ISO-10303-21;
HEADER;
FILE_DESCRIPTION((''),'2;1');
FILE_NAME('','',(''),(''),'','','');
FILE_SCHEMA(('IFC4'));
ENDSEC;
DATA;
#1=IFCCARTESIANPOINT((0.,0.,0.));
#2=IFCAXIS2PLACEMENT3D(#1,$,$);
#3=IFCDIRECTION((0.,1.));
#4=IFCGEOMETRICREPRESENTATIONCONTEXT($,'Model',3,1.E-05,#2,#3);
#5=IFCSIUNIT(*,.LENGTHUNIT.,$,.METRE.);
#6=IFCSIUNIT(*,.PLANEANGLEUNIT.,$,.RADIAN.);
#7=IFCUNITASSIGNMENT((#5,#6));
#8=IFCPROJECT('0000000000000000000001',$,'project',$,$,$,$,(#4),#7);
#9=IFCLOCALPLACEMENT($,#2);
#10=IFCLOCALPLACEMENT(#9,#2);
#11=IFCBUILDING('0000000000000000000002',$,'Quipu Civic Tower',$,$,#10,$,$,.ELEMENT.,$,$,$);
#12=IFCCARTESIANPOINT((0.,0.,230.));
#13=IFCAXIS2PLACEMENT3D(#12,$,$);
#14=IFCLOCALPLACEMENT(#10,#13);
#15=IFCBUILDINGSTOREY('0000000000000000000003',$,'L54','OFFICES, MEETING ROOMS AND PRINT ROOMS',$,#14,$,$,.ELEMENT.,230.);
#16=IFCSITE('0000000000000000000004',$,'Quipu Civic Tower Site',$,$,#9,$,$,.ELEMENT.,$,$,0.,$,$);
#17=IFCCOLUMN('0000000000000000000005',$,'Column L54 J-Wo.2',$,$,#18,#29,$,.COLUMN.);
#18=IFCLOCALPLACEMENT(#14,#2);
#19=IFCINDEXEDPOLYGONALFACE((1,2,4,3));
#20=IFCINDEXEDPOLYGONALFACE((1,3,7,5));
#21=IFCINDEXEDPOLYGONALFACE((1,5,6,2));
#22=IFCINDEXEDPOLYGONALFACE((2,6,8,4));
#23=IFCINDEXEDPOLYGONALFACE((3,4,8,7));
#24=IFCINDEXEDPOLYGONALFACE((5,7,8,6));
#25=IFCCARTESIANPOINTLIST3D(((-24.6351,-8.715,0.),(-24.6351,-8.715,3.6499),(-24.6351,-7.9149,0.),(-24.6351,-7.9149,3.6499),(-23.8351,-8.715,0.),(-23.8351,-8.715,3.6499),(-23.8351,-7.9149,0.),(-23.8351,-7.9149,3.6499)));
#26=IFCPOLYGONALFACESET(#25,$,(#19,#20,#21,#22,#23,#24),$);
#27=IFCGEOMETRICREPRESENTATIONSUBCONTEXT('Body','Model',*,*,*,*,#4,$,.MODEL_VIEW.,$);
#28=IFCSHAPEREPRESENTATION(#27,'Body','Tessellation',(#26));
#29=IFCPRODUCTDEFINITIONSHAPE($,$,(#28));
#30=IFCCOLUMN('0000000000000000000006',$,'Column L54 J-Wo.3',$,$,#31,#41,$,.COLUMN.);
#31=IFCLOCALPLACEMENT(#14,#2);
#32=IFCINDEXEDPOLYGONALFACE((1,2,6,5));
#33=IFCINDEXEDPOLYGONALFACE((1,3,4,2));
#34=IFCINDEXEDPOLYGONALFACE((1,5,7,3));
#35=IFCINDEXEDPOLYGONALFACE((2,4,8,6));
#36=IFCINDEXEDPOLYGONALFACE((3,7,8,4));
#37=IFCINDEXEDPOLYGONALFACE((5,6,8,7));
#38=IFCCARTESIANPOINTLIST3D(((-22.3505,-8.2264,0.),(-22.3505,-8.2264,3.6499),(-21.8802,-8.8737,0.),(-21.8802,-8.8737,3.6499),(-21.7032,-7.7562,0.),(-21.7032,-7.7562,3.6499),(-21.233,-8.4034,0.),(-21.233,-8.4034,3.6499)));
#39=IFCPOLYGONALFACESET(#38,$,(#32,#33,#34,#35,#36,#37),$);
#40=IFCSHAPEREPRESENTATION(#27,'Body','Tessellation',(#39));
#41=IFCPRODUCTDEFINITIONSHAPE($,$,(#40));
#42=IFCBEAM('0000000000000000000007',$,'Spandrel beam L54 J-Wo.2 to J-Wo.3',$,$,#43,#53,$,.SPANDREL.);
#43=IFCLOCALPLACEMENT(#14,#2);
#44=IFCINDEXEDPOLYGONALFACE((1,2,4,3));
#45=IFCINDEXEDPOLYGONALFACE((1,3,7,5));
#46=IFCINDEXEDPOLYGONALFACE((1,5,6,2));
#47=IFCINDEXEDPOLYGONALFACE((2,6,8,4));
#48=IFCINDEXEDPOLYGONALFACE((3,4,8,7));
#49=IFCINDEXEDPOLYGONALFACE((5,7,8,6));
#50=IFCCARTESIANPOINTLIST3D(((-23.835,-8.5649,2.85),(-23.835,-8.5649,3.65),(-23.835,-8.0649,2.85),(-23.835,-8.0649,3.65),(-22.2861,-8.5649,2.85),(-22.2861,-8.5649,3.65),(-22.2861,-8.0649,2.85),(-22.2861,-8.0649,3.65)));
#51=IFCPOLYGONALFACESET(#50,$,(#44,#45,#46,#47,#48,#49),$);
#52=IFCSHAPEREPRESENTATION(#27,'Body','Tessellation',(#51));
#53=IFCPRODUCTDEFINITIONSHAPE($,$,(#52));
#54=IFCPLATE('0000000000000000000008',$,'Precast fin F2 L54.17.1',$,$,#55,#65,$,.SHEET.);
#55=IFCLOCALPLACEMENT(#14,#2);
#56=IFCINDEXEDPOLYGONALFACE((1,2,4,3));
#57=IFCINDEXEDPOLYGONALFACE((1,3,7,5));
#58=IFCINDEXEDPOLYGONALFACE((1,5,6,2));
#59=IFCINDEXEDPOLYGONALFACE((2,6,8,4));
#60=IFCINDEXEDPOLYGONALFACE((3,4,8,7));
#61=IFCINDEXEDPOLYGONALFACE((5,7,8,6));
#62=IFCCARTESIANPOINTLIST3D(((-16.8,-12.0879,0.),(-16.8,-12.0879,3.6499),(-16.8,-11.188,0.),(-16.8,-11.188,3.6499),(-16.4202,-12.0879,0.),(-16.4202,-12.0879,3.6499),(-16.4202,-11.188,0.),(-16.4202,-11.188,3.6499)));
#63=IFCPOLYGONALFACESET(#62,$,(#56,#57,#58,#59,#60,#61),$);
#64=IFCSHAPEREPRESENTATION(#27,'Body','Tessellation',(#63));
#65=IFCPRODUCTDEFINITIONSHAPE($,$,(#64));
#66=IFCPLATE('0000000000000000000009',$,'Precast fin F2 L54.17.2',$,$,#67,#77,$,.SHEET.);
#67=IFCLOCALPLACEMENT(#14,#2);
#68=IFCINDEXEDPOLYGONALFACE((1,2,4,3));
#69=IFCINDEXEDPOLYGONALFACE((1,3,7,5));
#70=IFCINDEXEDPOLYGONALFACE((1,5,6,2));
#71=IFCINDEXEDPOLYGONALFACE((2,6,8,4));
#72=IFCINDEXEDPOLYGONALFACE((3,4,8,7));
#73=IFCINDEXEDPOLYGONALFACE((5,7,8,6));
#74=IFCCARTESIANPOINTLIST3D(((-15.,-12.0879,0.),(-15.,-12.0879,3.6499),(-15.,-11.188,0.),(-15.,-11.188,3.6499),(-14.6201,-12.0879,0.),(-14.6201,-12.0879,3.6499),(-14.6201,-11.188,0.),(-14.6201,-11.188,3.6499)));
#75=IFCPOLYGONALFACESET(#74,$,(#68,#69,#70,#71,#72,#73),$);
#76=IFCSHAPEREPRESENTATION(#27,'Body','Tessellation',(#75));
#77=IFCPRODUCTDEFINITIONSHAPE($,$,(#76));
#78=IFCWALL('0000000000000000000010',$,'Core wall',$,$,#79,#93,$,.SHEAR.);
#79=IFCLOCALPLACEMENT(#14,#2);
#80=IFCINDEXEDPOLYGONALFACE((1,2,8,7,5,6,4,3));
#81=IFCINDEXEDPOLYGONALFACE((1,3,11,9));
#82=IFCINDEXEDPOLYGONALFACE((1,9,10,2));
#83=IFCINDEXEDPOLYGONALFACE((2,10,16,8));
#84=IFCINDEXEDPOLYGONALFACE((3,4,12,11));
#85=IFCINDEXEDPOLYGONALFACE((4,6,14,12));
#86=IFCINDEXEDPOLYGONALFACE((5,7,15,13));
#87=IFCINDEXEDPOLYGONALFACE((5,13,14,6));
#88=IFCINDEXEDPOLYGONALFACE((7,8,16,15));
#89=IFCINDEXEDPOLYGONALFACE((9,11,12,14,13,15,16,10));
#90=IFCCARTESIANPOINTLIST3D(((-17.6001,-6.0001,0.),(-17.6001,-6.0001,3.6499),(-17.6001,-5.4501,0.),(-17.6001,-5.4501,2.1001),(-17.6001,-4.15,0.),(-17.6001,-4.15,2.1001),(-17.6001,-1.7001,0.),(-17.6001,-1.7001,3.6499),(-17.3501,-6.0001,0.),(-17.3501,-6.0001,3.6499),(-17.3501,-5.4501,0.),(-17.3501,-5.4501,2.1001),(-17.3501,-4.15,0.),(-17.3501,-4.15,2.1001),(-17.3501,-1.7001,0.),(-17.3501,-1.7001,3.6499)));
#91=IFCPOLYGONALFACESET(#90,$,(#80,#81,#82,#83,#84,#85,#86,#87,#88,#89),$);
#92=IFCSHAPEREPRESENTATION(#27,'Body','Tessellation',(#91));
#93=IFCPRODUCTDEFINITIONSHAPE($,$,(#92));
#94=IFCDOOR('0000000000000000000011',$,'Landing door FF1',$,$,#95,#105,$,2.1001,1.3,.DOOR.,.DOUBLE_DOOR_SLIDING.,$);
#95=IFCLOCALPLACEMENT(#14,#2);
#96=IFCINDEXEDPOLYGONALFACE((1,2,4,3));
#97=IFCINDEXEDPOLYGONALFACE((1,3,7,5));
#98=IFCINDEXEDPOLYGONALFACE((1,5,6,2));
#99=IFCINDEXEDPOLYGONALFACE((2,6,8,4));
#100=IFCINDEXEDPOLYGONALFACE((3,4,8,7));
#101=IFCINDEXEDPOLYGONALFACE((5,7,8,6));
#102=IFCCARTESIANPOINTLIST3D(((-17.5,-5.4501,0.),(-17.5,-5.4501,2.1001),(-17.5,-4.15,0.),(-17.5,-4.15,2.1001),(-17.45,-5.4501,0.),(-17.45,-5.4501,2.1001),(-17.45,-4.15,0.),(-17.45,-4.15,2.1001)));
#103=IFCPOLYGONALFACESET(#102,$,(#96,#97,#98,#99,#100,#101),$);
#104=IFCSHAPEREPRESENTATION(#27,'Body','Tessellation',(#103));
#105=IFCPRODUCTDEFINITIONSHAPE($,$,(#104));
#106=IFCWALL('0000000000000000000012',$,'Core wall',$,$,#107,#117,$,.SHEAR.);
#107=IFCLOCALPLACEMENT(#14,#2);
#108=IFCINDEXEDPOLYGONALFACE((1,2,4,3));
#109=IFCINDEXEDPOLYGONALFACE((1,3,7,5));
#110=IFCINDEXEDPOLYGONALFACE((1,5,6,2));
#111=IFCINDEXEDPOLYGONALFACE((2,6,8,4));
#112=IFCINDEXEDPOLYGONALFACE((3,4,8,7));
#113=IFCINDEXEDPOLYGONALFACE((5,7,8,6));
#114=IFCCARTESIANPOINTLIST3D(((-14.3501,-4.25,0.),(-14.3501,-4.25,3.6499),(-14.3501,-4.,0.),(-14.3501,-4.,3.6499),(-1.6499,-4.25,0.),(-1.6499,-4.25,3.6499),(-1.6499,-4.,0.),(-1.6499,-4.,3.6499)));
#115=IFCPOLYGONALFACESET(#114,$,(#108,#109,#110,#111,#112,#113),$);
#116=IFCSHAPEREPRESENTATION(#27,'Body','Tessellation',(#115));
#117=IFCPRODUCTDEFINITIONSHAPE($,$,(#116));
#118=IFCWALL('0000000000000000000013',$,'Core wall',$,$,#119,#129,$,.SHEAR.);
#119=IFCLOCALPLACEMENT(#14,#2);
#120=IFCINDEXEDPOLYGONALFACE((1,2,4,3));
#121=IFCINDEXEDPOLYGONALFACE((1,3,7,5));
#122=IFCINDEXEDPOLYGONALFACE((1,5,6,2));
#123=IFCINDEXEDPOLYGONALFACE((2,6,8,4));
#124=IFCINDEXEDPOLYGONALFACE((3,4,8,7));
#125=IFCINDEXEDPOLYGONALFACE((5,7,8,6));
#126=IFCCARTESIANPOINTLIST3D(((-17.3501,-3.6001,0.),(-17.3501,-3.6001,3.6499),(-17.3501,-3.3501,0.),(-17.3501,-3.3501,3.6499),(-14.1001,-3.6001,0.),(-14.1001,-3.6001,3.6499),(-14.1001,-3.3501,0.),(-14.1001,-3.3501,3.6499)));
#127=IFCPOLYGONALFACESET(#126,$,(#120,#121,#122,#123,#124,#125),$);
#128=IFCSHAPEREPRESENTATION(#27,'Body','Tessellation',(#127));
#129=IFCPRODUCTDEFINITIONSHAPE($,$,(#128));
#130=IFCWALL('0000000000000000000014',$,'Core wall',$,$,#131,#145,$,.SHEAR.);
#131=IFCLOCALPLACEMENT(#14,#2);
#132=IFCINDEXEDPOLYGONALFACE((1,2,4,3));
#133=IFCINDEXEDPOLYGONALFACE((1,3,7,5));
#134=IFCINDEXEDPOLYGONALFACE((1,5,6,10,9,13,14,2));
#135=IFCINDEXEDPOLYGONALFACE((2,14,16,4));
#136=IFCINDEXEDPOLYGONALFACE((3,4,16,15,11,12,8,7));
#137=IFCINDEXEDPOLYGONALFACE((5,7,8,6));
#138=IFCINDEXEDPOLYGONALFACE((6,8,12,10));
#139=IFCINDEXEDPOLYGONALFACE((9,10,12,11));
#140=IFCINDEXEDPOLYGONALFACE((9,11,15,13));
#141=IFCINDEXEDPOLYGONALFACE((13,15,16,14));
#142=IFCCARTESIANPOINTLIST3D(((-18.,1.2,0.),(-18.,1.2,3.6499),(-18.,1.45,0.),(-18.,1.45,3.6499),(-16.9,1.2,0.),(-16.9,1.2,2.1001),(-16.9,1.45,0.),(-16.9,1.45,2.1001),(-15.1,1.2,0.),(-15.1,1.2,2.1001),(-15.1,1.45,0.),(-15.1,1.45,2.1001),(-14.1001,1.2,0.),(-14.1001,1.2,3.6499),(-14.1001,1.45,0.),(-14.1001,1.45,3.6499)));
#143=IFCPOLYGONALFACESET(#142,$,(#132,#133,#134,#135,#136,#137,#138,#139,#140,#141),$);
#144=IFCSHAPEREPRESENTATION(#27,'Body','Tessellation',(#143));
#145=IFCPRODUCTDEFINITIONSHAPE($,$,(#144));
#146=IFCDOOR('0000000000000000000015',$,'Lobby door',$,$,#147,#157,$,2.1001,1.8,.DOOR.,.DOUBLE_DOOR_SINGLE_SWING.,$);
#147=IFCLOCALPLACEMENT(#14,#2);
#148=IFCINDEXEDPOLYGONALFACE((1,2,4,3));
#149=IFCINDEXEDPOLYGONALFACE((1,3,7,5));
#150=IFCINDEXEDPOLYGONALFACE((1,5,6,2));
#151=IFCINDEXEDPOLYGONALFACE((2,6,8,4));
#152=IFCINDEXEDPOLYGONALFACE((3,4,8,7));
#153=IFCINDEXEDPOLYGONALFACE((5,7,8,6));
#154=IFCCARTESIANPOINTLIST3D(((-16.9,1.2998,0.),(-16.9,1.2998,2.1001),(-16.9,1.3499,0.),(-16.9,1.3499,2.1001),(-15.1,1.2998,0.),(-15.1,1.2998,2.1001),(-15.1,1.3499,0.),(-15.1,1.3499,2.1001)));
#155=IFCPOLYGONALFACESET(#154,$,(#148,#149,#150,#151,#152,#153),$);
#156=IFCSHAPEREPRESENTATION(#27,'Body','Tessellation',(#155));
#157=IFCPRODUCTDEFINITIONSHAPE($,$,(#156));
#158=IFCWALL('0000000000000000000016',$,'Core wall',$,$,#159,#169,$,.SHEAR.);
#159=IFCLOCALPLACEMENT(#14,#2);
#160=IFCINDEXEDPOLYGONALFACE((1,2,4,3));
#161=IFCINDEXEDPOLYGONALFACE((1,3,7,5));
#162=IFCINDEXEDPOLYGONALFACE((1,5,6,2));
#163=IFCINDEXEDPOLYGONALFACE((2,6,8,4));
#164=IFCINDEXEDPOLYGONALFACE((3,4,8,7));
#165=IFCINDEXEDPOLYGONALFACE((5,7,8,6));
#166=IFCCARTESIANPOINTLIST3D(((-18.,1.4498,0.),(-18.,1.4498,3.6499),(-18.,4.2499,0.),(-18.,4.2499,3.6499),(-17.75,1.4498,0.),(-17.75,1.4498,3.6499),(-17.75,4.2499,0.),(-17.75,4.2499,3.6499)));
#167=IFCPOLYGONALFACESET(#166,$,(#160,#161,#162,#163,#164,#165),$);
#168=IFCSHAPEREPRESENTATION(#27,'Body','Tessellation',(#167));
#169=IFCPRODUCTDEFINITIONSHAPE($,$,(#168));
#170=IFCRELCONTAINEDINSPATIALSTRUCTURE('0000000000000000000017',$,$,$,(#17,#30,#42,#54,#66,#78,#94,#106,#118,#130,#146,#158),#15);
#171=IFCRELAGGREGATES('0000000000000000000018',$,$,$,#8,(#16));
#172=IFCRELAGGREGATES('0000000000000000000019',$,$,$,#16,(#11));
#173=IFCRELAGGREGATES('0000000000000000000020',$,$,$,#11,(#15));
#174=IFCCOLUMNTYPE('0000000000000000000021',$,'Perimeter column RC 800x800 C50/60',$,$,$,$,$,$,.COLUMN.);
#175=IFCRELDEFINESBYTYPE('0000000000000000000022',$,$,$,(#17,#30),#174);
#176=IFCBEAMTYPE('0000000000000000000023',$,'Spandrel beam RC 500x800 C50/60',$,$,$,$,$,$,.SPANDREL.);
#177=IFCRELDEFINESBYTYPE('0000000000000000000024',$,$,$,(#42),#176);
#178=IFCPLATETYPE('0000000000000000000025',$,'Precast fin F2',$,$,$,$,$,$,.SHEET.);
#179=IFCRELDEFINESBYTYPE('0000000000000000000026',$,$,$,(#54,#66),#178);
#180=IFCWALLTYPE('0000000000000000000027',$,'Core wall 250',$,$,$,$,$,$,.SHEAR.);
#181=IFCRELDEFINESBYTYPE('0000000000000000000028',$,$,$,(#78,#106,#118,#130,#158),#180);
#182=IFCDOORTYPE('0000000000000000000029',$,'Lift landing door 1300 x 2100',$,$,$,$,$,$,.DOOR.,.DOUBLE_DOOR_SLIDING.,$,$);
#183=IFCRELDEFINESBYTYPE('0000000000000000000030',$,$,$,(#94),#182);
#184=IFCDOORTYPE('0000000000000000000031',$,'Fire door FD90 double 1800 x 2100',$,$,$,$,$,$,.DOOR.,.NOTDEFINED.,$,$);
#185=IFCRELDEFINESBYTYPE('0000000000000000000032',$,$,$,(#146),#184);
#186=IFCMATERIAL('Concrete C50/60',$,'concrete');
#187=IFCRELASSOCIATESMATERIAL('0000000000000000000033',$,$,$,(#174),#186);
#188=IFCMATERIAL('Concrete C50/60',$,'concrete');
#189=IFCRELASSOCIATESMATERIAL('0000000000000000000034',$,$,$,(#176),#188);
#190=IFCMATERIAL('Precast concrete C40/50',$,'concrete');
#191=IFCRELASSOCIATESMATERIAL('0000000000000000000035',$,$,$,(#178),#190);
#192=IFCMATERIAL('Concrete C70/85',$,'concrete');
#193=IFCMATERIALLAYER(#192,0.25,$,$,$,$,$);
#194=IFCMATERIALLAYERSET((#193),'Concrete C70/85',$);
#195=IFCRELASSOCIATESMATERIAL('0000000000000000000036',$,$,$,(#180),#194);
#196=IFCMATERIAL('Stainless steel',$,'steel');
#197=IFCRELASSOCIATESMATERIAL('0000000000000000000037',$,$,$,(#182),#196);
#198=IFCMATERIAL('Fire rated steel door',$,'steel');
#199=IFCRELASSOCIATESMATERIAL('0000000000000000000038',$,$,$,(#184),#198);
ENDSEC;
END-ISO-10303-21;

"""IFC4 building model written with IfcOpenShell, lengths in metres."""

from ifc_helpers import new_model, si_unit, direction, frame, frame_2d, origin, origin_2d, place, context, subcontext, project, spatial, rectangle, extrude, material, layer, layer_set, material_profile, profile_set, type_object, element, fill, save


model = new_model("IFC4")

# Units and contexts
model_context = context("Model", 3, precision=1e-05, world=origin(), true_north=direction((0.0, 1.0)))
body_context = subcontext(model_context, "Body", "Model", "MODEL_VIEW")
ifc_project = project(units=[si_unit("LENGTHUNIT", "METRE"), si_unit("PLANEANGLEUNIT", "RADIAN")], contexts=[model_context])

# Site, building, storey
site_placement = place(None, origin())
site = spatial("IfcSite", under=ifc_project, at=site_placement, Name="Quipu Civic Tower Site", CompositionType="ELEMENT", RefElevation=0.0)
building_placement = place(site_placement, origin())
building = spatial("IfcBuilding", under=site, at=building_placement, Name="Quipu Civic Tower", CompositionType="ELEMENT")
storey_placement = place(building_placement, frame((0.0, 0.0, 230.0)))
storey = spatial("IfcBuildingStorey", under=building, at=storey_placement, Name="L54", Description="OFFICES, MEETING ROOMS AND PRINT ROOMS", CompositionType="ELEMENT", Elevation=230.0)

# Columns
ifc_material_1 = material(Name="Concrete C50/60", Category="concrete")
ifc_material_profile_1 = material_profile(ifc_material_1, rectangle(XDim=0.8, YDim=0.8, at=origin_2d()), Name="RC800x800")
ifc_profile_set_1 = profile_set([ifc_material_profile_1], Name="Concrete C50/60")
column_type = type_object("IfcColumnType", Name="Perimeter column RC 800x800 C50/60", PredefinedType="COLUMN", material=ifc_profile_set_1)
for number, where, z_axis, x_axis, name in (
    (1, (-24.2351, -8.3149, 0.0), (0.0, 0.0, 1.0), (1.0, 0.0, 0.0), "Column L54 J-Wo.2"),
    (2, (-21.7917, -8.3149, 0.0), (0.0, 0.0, 1.0), (0.587785, -0.809017, 0.0), "Column L54 J-Wo.3"),
):
    element("IfcColumn", number, at=place(storey_placement, frame(where, z_axis=z_axis, x_axis=x_axis)), inside=storey, type_object=column_type, Name=name, PredefinedType="COLUMN", context=body_context, shape_type="SweptSolid", body=[
        extrude(rectangle(XDim=0.8, YDim=0.8, at=origin_2d()), origin(), (0.0, 0.0, 1.0), 3.6499),
    ])

# Beam
ifc_material_2 = material(Name="Concrete C50/60", Category="concrete")
ifc_material_profile_2 = material_profile(ifc_material_2, rectangle(XDim=0.5, YDim=0.8, at=origin_2d()), Name="RC500x800")
ifc_profile_set_2 = profile_set([ifc_material_profile_2], Name="Concrete C50/60")
beam_type = type_object("IfcBeamType", Name="Spandrel beam RC 500x800 C50/60", PredefinedType="SPANDREL", material=ifc_profile_set_2)
beam_placement = place(storey_placement, frame((-23.835, -8.3149, 3.25), z_axis=(1.0, 0.0, 0.0), x_axis=(0.0, 1.0, 0.0)))
element("IfcBeam", 3, at=beam_placement, inside=storey, type_object=beam_type, Name="Spandrel beam L54 J-Wo.2 to J-Wo.3", PredefinedType="SPANDREL", context=body_context, shape_type="SweptSolid", body=[
    extrude(rectangle(XDim=0.5, YDim=0.8, at=origin_2d()), origin(), (0.0, 0.0, 1.0), 1.5488),
])

# Plates
ifc_material_3 = material(Name="Precast concrete C40/50", Category="concrete")
plate_type = type_object("IfcPlateType", Name="Precast fin F2", PredefinedType="SHEET", material=ifc_material_3)
for number, where, z_axis, x_axis, name in (
    (4, (-16.6101, -11.6379, 0.0), (0.0, 0.0, 1.0), (1.0, 0.0, 0.0), "Precast fin F2 L54.17.1"),
    (5, (-14.8101, -11.6379, 0.0), (0.0, 0.0, 1.0), (1.0, 0.0, 0.0), "Precast fin F2 L54.17.2"),
):
    element("IfcPlate", number, at=place(storey_placement, frame(where, z_axis=z_axis, x_axis=x_axis)), inside=storey, type_object=plate_type, Name=name, PredefinedType="SHEET", context=body_context, shape_type="SweptSolid", body=[
        extrude(rectangle(XDim=0.3799, YDim=0.8999, at=origin_2d()), origin(), (0.0, 0.0, 1.0), 3.6499),
    ])

# Wall, opening, door
ifc_material_4 = material(Name="Concrete C70/85", Category="concrete")
ifc_layer_1 = layer(ifc_material_4, 0.25)
ifc_layer_set_1 = layer_set([ifc_layer_1], Name="Concrete C70/85")
wall_type_1 = type_object("IfcWallType", Name="Core wall 250", PredefinedType="SHEAR", material=ifc_layer_set_1)
wall_1_placement = place(storey_placement, frame((-17.4751, -6.0, 0.0), z_axis=(0.0, 0.0, 1.0), x_axis=(0.0, 1.0, 0.0)))
wall_1 = element("IfcWall", 6, at=wall_1_placement, inside=storey, type_object=wall_type_1, Name="Core wall", PredefinedType="SHEAR", context=body_context, shape_type="SweptSolid", body=[
    extrude(rectangle(XDim=4.3, YDim=0.25, at=frame_2d((2.1499, 0.0))), origin(), (0.0, 0.0, 1.0), 3.6499),
])
opening_1_placement = place(wall_1_placement, frame((0.55, 0.0, 0.0)))
opening_1 = element("IfcOpeningElement", 7, at=opening_1_placement, cuts=wall_1, PredefinedType="OPENING", context=body_context, shape_type="SweptSolid", body=[
    extrude(rectangle(XDim=1.3, YDim=2.1001, at=frame_2d((0.6499, 1.05))), frame((0.0, 0.135, 0.0), z_axis=(0.0, -1.0, 0.0), x_axis=(1.0, 0.0, 0.0)), (0.0, 0.0, 1.0), 0.27),
])
ifc_material_5 = material(Name="Stainless steel", Category="steel")
door_type_1 = type_object("IfcDoorType", Name="Lift landing door 1300 x 2100", OperationType="DOUBLE_DOOR_SLIDING", PredefinedType="DOOR", material=ifc_material_5)
door_1_placement = place(opening_1_placement, origin())
door_1 = element("IfcDoor", 8, at=door_1_placement, inside=storey, type_object=door_type_1, Name="Landing door FF1", OperationType="DOUBLE_DOOR_SLIDING", OverallHeight=2.1001, OverallWidth=1.3, PredefinedType="DOOR", context=body_context, shape_type="SweptSolid", body=[
    extrude(rectangle(XDim=1.3, YDim=2.1001, at=frame_2d((0.6499, 1.05))), frame((0.0, 0.0249, 0.0), z_axis=(0.0, -1.0, 0.0), x_axis=(1.0, 0.0, 0.0)), (0.0, 0.0, 1.0), 0.05),
])
fill(opening_1, door_1)

# Walls
wall_2_placement = place(storey_placement, frame((-14.3501, -4.125, 0.0), z_axis=(0.0, 0.0, 1.0), x_axis=(1.0, 0.0, 0.0)))
element("IfcWall", 9, at=wall_2_placement, inside=storey, type_object=wall_type_1, Name="Core wall", PredefinedType="SHEAR", context=body_context, shape_type="SweptSolid", body=[
    extrude(rectangle(XDim=12.7002, YDim=0.25, at=frame_2d((6.3501, 0.0))), origin(), (0.0, 0.0, 1.0), 3.6499),
])
wall_3_placement = place(storey_placement, frame((-17.3501, -3.4751, 0.0), z_axis=(0.0, 0.0, 1.0), x_axis=(1.0, 0.0, 0.0)))
element("IfcWall", 10, at=wall_3_placement, inside=storey, type_object=wall_type_1, Name="Core wall", PredefinedType="SHEAR", context=body_context, shape_type="SweptSolid", body=[
    extrude(rectangle(XDim=3.25, YDim=0.25, at=frame_2d((1.625, 0.0))), origin(), (0.0, 0.0, 1.0), 3.6499),
])

# Wall, opening, door
wall_4_placement = place(storey_placement, frame((-18.0, 1.325, 0.0), z_axis=(0.0, 0.0, 1.0), x_axis=(1.0, 0.0, 0.0)))
wall_4 = element("IfcWall", 11, at=wall_4_placement, inside=storey, type_object=wall_type_1, Name="Core wall", PredefinedType="SHEAR", context=body_context, shape_type="SweptSolid", body=[
    extrude(rectangle(XDim=3.8999, YDim=0.25, at=frame_2d((1.95, 0.0))), origin(), (0.0, 0.0, 1.0), 3.6499),
])
opening_2_placement = place(wall_4_placement, frame((1.1001, 0.0, 0.0)))
opening_2 = element("IfcOpeningElement", 12, at=opening_2_placement, cuts=wall_4, PredefinedType="OPENING", context=body_context, shape_type="SweptSolid", body=[
    extrude(rectangle(XDim=1.8, YDim=2.1001, at=frame_2d((0.8999, 1.05))), frame((0.0, 0.135, 0.0), z_axis=(0.0, -1.0, 0.0), x_axis=(1.0, 0.0, 0.0)), (0.0, 0.0, 1.0), 0.27),
])
ifc_material_6 = material(Name="Fire rated steel door", Category="steel")
door_type_2 = type_object("IfcDoorType", Name="Fire door FD90 double 1800 x 2100", OperationType="NOTDEFINED", PredefinedType="DOOR", material=ifc_material_6)
door_2_placement = place(opening_2_placement, origin())
door_2 = element("IfcDoor", 13, at=door_2_placement, inside=storey, type_object=door_type_2, Name="Lobby door", OperationType="DOUBLE_DOOR_SINGLE_SWING", OverallHeight=2.1001, OverallWidth=1.8, PredefinedType="DOOR", context=body_context, shape_type="SweptSolid", body=[
    extrude(rectangle(XDim=1.8, YDim=2.1001, at=frame_2d((0.8999, 1.05))), frame((0.0, 0.0249, 0.0), z_axis=(0.0, -1.0, 0.0), x_axis=(1.0, 0.0, 0.0)), (0.0, 0.0, 1.0), 0.05),
])
fill(opening_2, door_2)

# Wall
wall_5_placement = place(storey_placement, frame((-17.875, 1.45, 0.0), z_axis=(0.0, 0.0, 1.0), x_axis=(0.0, 1.0, 0.0)))
element("IfcWall", 14, at=wall_5_placement, inside=storey, type_object=wall_type_1, Name="Core wall", PredefinedType="SHEAR", context=body_context, shape_type="SweptSolid", body=[
    extrude(rectangle(XDim=2.8, YDim=0.25, at=frame_2d((1.3999, 0.0))), origin(), (0.0, 0.0, 1.0), 3.6499),
])

save(model, "model.ifc")
